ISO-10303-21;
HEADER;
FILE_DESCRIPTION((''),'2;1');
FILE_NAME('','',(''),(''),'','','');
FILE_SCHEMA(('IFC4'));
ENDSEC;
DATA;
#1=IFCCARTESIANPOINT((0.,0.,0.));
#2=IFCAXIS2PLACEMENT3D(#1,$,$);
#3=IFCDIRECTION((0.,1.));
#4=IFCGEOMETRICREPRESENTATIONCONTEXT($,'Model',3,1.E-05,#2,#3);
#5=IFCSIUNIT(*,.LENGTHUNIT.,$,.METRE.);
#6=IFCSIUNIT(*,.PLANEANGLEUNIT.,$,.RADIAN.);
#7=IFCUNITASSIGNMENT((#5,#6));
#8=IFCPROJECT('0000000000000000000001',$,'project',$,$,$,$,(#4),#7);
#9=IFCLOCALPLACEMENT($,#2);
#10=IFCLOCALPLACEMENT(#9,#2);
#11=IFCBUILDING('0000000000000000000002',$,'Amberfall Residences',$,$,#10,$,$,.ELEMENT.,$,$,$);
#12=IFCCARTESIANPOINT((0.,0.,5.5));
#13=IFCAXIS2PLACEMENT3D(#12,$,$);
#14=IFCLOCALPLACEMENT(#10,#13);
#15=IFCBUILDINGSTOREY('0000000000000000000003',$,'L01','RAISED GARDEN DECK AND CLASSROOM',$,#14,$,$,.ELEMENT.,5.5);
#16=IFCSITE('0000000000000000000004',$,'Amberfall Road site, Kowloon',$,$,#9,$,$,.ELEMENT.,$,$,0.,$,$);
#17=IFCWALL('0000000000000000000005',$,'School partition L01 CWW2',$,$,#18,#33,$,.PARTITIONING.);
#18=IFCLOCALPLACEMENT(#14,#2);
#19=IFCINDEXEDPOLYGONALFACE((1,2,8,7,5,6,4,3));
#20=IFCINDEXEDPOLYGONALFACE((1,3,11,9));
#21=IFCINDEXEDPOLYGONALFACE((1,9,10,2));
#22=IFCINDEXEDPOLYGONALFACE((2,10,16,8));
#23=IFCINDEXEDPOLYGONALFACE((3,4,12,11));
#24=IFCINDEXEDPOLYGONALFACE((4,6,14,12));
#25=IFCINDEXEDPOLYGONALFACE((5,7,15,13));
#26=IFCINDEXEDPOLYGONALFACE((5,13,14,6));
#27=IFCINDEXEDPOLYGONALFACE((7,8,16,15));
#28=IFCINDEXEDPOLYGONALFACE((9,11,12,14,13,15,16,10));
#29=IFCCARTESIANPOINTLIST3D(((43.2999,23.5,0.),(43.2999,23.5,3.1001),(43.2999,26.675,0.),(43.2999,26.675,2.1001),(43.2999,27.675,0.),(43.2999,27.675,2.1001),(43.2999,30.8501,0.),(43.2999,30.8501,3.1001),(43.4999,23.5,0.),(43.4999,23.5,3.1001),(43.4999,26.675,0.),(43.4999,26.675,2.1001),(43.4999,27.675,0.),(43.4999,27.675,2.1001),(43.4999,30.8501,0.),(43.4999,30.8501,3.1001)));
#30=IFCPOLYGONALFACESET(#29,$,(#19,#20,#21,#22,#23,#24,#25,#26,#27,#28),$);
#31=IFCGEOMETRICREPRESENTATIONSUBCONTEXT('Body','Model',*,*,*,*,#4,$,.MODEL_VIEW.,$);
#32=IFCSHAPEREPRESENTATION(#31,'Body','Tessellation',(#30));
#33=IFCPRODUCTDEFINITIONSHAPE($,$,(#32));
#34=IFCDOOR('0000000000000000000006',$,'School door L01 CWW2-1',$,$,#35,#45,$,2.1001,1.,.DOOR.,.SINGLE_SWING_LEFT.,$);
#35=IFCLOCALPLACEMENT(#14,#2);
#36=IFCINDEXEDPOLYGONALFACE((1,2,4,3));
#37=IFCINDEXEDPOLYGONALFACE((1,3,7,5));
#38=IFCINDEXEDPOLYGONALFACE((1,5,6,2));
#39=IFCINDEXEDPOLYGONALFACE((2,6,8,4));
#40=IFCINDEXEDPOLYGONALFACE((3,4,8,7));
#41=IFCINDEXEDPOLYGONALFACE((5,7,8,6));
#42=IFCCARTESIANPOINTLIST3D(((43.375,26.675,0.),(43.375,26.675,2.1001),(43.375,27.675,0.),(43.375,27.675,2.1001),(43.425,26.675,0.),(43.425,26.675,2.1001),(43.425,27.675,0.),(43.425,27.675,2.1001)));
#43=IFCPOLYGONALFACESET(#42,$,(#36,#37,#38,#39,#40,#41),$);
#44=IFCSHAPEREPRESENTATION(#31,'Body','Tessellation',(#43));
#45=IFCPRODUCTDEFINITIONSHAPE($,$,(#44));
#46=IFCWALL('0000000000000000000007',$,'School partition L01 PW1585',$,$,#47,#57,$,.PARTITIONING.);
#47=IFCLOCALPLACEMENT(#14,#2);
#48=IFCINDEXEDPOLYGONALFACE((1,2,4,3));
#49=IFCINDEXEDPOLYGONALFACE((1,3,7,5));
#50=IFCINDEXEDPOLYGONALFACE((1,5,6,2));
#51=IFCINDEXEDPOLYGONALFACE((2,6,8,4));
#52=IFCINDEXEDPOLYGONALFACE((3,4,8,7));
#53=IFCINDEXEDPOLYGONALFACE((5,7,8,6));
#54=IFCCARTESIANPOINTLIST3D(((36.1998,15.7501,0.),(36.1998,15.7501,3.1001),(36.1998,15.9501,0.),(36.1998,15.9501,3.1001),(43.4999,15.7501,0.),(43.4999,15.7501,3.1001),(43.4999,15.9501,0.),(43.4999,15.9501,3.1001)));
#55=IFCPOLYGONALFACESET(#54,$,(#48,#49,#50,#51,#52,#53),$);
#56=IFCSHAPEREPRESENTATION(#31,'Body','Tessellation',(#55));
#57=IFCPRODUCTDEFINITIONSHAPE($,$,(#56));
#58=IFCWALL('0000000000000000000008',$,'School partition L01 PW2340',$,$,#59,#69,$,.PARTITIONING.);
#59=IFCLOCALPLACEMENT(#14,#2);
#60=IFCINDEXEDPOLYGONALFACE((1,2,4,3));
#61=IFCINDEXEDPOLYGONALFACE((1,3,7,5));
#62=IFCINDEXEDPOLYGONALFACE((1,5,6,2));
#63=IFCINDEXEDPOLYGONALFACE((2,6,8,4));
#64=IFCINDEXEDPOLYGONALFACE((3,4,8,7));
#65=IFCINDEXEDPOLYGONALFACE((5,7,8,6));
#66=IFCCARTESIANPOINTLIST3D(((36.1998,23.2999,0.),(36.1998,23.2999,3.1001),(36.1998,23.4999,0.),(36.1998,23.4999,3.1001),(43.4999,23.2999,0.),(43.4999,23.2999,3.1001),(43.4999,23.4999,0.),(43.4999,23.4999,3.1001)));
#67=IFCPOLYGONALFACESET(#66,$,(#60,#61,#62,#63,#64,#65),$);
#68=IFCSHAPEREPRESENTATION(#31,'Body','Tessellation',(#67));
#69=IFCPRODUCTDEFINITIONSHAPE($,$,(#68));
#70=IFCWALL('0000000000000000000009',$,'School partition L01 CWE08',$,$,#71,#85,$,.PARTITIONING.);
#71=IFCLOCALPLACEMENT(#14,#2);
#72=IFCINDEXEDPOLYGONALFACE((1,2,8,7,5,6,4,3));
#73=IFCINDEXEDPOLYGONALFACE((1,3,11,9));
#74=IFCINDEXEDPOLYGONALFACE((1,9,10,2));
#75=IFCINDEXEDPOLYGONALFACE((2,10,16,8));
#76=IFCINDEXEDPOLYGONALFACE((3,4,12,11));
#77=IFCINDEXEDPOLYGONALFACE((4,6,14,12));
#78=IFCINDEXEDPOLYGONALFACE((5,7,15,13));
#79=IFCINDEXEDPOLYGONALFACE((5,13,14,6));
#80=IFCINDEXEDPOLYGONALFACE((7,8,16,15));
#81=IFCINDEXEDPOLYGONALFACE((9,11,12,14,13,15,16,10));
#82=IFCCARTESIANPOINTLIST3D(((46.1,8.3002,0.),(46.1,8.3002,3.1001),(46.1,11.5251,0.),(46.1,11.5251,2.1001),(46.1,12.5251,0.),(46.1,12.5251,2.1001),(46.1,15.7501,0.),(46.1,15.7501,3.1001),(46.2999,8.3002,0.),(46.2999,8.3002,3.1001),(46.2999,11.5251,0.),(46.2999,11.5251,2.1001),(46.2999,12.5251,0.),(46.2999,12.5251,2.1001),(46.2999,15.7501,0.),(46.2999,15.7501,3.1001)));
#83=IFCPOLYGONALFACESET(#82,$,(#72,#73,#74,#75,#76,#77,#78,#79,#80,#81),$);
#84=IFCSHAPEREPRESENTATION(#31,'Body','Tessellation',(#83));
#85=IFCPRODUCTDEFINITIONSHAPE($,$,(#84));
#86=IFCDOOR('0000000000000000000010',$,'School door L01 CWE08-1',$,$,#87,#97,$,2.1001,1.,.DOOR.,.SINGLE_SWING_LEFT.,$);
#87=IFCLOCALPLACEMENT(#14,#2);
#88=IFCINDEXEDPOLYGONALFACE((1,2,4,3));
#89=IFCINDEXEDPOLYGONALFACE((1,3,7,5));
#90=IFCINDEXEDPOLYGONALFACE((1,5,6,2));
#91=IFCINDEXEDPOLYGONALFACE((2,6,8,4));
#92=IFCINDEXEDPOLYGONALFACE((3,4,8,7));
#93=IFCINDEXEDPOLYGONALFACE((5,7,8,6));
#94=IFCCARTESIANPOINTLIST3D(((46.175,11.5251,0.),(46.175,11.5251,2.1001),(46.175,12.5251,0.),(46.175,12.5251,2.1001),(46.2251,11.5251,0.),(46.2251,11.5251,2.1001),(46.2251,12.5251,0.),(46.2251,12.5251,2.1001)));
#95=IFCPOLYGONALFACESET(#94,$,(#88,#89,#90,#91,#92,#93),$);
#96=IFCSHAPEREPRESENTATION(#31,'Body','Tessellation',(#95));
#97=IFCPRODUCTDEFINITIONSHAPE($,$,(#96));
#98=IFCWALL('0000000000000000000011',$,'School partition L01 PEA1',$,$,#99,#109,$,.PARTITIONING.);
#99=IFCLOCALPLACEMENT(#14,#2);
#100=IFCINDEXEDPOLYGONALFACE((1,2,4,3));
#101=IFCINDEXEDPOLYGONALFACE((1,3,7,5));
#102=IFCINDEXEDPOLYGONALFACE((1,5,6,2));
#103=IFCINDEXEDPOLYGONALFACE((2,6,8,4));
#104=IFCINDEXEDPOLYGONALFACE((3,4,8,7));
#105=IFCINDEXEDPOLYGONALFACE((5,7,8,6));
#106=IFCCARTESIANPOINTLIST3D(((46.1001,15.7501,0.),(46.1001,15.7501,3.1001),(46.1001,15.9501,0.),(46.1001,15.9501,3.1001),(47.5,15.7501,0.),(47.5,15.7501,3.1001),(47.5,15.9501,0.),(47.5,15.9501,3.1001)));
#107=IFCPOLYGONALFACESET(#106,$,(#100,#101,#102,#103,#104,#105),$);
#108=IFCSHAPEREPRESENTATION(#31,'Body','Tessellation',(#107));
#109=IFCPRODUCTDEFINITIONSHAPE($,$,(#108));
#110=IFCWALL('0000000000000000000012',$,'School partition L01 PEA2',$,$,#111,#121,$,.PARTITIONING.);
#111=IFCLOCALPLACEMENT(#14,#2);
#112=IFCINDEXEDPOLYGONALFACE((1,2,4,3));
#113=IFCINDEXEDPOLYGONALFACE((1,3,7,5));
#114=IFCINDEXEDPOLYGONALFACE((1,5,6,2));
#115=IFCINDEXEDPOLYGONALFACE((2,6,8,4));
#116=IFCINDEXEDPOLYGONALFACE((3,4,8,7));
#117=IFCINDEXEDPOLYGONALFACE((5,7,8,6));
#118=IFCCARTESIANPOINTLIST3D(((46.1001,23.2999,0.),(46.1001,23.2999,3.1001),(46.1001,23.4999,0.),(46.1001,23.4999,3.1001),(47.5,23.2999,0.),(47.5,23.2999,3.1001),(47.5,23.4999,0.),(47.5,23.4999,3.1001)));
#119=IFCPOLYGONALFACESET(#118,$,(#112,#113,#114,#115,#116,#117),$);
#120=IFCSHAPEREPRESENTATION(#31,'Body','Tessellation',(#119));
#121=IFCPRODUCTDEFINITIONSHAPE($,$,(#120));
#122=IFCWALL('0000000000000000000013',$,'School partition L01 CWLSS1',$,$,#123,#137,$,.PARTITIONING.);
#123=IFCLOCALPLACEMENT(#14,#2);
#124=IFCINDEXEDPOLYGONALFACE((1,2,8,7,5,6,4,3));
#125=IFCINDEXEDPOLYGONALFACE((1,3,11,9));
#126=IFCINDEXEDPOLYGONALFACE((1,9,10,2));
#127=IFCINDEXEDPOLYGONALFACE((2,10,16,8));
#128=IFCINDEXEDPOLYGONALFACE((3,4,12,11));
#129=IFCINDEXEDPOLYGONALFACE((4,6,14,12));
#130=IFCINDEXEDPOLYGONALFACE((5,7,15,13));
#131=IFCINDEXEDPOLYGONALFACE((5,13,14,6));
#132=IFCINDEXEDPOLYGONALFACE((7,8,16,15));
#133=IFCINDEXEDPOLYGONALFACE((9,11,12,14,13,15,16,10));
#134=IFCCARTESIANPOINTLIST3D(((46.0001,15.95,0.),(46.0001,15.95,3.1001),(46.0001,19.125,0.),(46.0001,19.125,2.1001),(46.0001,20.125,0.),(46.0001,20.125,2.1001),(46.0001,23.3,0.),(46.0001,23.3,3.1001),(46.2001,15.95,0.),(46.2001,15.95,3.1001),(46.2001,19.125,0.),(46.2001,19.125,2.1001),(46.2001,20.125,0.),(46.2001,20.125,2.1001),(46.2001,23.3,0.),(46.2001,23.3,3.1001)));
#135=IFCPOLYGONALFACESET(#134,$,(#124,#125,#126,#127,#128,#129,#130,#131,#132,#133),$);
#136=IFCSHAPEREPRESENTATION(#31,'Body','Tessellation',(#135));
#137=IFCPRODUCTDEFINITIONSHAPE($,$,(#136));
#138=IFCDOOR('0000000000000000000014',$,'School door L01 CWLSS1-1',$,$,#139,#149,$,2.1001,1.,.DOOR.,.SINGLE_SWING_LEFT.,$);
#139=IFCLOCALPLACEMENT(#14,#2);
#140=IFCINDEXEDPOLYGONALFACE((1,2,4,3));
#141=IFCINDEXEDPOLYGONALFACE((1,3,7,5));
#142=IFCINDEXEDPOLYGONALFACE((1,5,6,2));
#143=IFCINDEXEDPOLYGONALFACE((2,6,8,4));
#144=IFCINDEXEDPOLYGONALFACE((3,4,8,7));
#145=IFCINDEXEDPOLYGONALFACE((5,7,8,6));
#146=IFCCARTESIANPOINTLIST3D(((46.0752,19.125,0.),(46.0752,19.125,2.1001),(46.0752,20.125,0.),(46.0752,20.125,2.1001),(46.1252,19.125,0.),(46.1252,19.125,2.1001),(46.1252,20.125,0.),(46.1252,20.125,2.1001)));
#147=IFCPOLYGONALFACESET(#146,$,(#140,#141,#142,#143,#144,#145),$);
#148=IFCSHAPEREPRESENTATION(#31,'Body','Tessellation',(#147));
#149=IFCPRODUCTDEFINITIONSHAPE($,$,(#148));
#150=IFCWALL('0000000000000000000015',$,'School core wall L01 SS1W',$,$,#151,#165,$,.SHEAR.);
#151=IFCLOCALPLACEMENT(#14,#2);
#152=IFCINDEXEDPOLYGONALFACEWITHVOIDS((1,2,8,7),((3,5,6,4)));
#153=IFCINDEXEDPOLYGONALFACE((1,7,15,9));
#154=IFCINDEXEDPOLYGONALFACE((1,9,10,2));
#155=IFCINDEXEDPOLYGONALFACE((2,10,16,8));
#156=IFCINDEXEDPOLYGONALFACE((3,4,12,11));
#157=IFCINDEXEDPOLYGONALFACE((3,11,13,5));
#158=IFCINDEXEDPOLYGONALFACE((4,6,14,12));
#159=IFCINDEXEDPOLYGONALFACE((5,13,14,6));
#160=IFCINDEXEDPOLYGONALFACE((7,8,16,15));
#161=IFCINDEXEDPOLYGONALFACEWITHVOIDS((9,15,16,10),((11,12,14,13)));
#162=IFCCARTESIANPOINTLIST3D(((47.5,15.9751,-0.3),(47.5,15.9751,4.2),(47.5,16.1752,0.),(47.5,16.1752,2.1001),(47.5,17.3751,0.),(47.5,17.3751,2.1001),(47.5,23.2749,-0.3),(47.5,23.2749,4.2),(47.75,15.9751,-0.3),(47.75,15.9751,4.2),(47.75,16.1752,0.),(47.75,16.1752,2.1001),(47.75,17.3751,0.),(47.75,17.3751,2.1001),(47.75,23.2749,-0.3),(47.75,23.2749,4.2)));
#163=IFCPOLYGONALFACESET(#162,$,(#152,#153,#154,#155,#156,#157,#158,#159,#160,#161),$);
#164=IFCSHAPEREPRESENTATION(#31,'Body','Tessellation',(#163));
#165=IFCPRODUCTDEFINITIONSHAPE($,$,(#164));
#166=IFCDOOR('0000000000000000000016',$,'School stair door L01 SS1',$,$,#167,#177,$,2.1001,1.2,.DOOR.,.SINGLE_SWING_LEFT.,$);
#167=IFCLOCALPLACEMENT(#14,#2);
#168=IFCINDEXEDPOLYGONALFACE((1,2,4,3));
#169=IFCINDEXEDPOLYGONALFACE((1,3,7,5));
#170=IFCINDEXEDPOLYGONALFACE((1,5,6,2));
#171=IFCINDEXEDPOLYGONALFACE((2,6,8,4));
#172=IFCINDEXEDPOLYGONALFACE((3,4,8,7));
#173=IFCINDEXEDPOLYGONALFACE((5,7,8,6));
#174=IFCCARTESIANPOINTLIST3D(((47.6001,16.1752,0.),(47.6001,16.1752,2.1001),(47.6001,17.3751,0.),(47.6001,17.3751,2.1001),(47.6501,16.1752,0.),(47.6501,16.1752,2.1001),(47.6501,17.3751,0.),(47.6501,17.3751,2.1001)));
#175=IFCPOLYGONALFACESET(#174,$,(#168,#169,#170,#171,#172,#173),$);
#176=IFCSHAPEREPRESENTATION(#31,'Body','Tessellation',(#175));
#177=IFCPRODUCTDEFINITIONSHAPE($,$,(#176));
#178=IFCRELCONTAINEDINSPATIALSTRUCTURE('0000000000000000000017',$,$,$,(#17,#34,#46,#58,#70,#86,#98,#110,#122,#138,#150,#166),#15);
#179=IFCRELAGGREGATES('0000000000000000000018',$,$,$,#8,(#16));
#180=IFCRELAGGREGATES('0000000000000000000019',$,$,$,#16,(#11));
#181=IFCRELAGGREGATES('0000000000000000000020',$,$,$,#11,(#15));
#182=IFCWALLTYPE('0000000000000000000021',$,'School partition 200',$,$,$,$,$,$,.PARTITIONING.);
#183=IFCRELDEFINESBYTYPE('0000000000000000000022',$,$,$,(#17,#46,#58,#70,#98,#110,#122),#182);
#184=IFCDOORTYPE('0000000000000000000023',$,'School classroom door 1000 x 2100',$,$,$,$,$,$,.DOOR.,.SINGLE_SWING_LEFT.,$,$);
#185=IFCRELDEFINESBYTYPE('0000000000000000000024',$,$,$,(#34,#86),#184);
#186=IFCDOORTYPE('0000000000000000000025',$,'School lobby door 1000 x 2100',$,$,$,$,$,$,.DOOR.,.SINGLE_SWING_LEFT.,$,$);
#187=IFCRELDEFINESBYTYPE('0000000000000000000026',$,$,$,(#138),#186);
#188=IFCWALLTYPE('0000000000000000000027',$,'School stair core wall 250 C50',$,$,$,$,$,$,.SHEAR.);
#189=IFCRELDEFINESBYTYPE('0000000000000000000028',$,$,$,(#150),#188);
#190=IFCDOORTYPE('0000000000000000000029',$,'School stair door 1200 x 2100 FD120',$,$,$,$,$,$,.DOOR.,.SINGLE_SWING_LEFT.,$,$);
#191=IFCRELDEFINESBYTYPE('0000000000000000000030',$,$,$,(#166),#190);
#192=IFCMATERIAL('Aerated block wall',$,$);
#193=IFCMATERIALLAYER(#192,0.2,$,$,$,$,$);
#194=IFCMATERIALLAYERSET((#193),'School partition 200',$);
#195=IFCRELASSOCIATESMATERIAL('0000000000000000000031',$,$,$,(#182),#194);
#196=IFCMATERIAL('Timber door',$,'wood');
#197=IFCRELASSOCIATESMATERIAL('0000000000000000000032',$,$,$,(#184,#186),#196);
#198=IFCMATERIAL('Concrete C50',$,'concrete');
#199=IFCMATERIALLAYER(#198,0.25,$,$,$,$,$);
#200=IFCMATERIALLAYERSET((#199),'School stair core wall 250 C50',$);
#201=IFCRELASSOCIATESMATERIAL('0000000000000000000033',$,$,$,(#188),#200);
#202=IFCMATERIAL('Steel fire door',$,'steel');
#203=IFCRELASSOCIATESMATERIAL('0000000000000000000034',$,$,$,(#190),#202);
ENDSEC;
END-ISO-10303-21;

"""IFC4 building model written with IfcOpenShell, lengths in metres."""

from ifc_helpers import new_model, si_unit, direction, frame, frame_2d, origin, place, context, subcontext, project, spatial, rectangle, extrude, material, layer, layer_set, type_object, element, fill, save


model = new_model("IFC4")

# Units and contexts
model_context = context("Model", 3, precision=1e-05, world=origin(), true_north=direction((0.0, 1.0)))
body_context = subcontext(model_context, "Body", "Model", "MODEL_VIEW")
ifc_project = project(units=[si_unit("LENGTHUNIT", "METRE"), si_unit("PLANEANGLEUNIT", "RADIAN")], contexts=[model_context])

# Site, building, storey
site_placement = place(None, origin())
site = spatial("IfcSite", under=ifc_project, at=site_placement, Name="Amberfall Road site, Kowloon", CompositionType="ELEMENT", RefElevation=0.0)
building_placement = place(site_placement, origin())
building = spatial("IfcBuilding", under=site, at=building_placement, Name="Amberfall Residences", CompositionType="ELEMENT")
storey_placement = place(building_placement, frame((0.0, 0.0, 5.5)))
storey = spatial("IfcBuildingStorey", under=building, at=storey_placement, Name="L01", Description="RAISED GARDEN DECK AND CLASSROOM", CompositionType="ELEMENT", Elevation=5.5)

# Shared definitions
ifc_material_1 = material(Name="Concrete C50", Category="concrete")

# Shared definitions
ifc_material_2 = material(Name="Aerated block wall")

# Wall, opening, door
ifc_layer_1 = layer(ifc_material_2, 0.2)
ifc_layer_set_1 = layer_set([ifc_layer_1], Name="School partition 200")
wall_type_1 = type_object("IfcWallType", Name="School partition 200", PredefinedType="PARTITIONING", material=ifc_layer_set_1)
ifc_material_3 = material(Name="Timber door", Category="wood")
door_type_1 = type_object("IfcDoorType", Name="School classroom door 1000 x 2100", OperationType="SINGLE_SWING_LEFT", PredefinedType="DOOR", material=ifc_material_3)
wall_1_placement = place(storey_placement, frame((43.3999, 23.5, 0.0), z_axis=(0.0, 0.0, 1.0), x_axis=(0.0, 1.0, 0.0)))
wall_1 = element("IfcWall", 1, at=wall_1_placement, inside=storey, type_object=wall_type_1, Name="School partition L01 CWW2", PredefinedType="PARTITIONING", context=body_context, shape_type="SweptSolid", body=[
    extrude(rectangle(XDim=7.3501, YDim=0.2, at=frame_2d((3.675, 0.0))), origin(), (0.0, 0.0, 1.0), 3.1001),
])
opening_1_placement = place(wall_1_placement, frame((3.175, 0.0, 0.0)))
opening_1 = element("IfcOpeningElement", 2, at=opening_1_placement, cuts=wall_1, PredefinedType="OPENING", context=body_context, shape_type="SweptSolid", body=[
    extrude(rectangle(XDim=1.0, YDim=2.1001, at=frame_2d((0.5, 1.05))), frame((0.0, 0.1099, 0.0), z_axis=(0.0, -1.0, 0.0), x_axis=(1.0, 0.0, 0.0)), (0.0, 0.0, 1.0), 0.22),
])
door_1_placement = place(opening_1_placement, origin())
door_1 = element("IfcDoor", 3, at=door_1_placement, inside=storey, type_object=door_type_1, Name="School door L01 CWW2-1", OperationType="SINGLE_SWING_LEFT", OverallHeight=2.1001, OverallWidth=1.0, PredefinedType="DOOR", context=body_context, shape_type="SweptSolid", body=[
    extrude(rectangle(XDim=1.0, YDim=2.1001, at=frame_2d((0.5, 1.05))), frame((0.0, 0.0249, 0.0), z_axis=(0.0, -1.0, 0.0), x_axis=(1.0, 0.0, 0.0)), (0.0, 0.0, 1.0), 0.05),
])
fill(opening_1, door_1)

# Walls
for number, where, z_axis, x_axis, name in (
    (4, (36.2, 15.8501, 0.0), (0.0, 0.0, 1.0), (1.0, 0.0, 0.0), "School partition L01 PW1585"),
    (5, (36.2, 23.3999, 0.0), (0.0, 0.0, 1.0), (1.0, 0.0, 0.0), "School partition L01 PW2340"),
):
    element("IfcWall", number, at=place(storey_placement, frame(where, z_axis=z_axis, x_axis=x_axis)), inside=storey, type_object=wall_type_1, Name=name, PredefinedType="PARTITIONING", context=body_context, shape_type="SweptSolid", body=[
        extrude(rectangle(XDim=7.3, YDim=0.2, at=frame_2d((3.6499, 0.0))), origin(), (0.0, 0.0, 1.0), 3.1001),
    ])

# Wall, opening, door
wall_2_placement = place(storey_placement, frame((46.2, 8.3, 0.0), z_axis=(0.0, 0.0, 1.0), x_axis=(0.0, 1.0, 0.0)))
wall_2 = element("IfcWall", 6, at=wall_2_placement, inside=storey, type_object=wall_type_1, Name="School partition L01 CWE08", PredefinedType="PARTITIONING", context=body_context, shape_type="SweptSolid", body=[
    extrude(rectangle(XDim=7.45, YDim=0.2, at=frame_2d((3.7251, 0.0))), origin(), (0.0, 0.0, 1.0), 3.1001),
])
opening_2_placement = place(wall_2_placement, frame((3.2251, 0.0, 0.0)))
opening_2 = element("IfcOpeningElement", 7, at=opening_2_placement, cuts=wall_2, PredefinedType="OPENING", context=body_context, shape_type="SweptSolid", body=[
    extrude(rectangle(XDim=1.0, YDim=2.1001, at=frame_2d((0.5, 1.05))), frame((0.0, 0.1099, 0.0), z_axis=(0.0, -1.0, 0.0), x_axis=(1.0, 0.0, 0.0)), (0.0, 0.0, 1.0), 0.22),
])
door_2_placement = place(opening_2_placement, origin())
door_2 = element("IfcDoor", 8, at=door_2_placement, inside=storey, type_object=door_type_1, Name="School door L01 CWE08-1", OperationType="SINGLE_SWING_LEFT", OverallHeight=2.1001, OverallWidth=1.0, PredefinedType="DOOR", context=body_context, shape_type="SweptSolid", body=[
    extrude(rectangle(XDim=1.0, YDim=2.1001, at=frame_2d((0.5, 1.05))), frame((0.0, 0.0249, 0.0), z_axis=(0.0, -1.0, 0.0), x_axis=(1.0, 0.0, 0.0)), (0.0, 0.0, 1.0), 0.05),
])
fill(opening_2, door_2)

# Walls
for number, where, z_axis, x_axis, name in (
    (9, (46.1001, 15.8501, 0.0), (0.0, 0.0, 1.0), (1.0, 0.0, 0.0), "School partition L01 PEA1"),
    (10, (46.1001, 23.3999, 0.0), (0.0, 0.0, 1.0), (1.0, 0.0, 0.0), "School partition L01 PEA2"),
):
    element("IfcWall", number, at=place(storey_placement, frame(where, z_axis=z_axis, x_axis=x_axis)), inside=storey, type_object=wall_type_1, Name=name, PredefinedType="PARTITIONING", context=body_context, shape_type="SweptSolid", body=[
        extrude(rectangle(XDim=1.3999, YDim=0.2, at=frame_2d((0.7, 0.0))), origin(), (0.0, 0.0, 1.0), 3.1001),
    ])

# Walls, openings, doors
wall_3_placement = place(storey_placement, frame((46.1001, 15.95, 0.0), z_axis=(0.0, 0.0, 1.0), x_axis=(0.0, 1.0, 0.0)))
wall_3 = element("IfcWall", 11, at=wall_3_placement, inside=storey, type_object=wall_type_1, Name="School partition L01 CWLSS1", PredefinedType="PARTITIONING", context=body_context, shape_type="SweptSolid", body=[
    extrude(rectangle(XDim=7.3501, YDim=0.2, at=frame_2d((3.675, 0.0))), origin(), (0.0, 0.0, 1.0), 3.1001),
])
opening_3_placement = place(wall_3_placement, frame((3.175, 0.0, 0.0)))
opening_3 = element("IfcOpeningElement", 12, at=opening_3_placement, cuts=wall_3, PredefinedType="OPENING", context=body_context, shape_type="SweptSolid", body=[
    extrude(rectangle(XDim=1.0, YDim=2.1001, at=frame_2d((0.5, 1.05))), frame((0.0, 0.1099, 0.0), z_axis=(0.0, -1.0, 0.0), x_axis=(1.0, 0.0, 0.0)), (0.0, 0.0, 1.0), 0.22),
])
door_type_2 = type_object("IfcDoorType", Name="School lobby door 1000 x 2100", OperationType="SINGLE_SWING_LEFT", PredefinedType="DOOR", material=ifc_material_3)
door_3_placement = place(opening_3_placement, origin())
door_3 = element("IfcDoor", 13, at=door_3_placement, inside=storey, type_object=door_type_2, Name="School door L01 CWLSS1-1", OperationType="SINGLE_SWING_LEFT", OverallHeight=2.1001, OverallWidth=1.0, PredefinedType="DOOR", context=body_context, shape_type="SweptSolid", body=[
    extrude(rectangle(XDim=1.0, YDim=2.1001, at=frame_2d((0.5, 1.05))), frame((0.0, 0.0249, 0.0), z_axis=(0.0, -1.0, 0.0), x_axis=(1.0, 0.0, 0.0)), (0.0, 0.0, 1.0), 0.05),
])
fill(opening_3, door_3)
ifc_layer_2 = layer(ifc_material_1, 0.25)
ifc_layer_set_2 = layer_set([ifc_layer_2], Name="School stair core wall 250 C50")
wall_type_2 = type_object("IfcWallType", Name="School stair core wall 250 C50", PredefinedType="SHEAR", material=ifc_layer_set_2)
wall_4_placement = place(storey_placement, frame((47.625, 15.9751, -0.3), z_axis=(0.0, 0.0, 1.0), x_axis=(0.0, 1.0, 0.0)))
wall_4 = element("IfcWall", 14, at=wall_4_placement, inside=storey, type_object=wall_type_2, Name="School core wall L01 SS1W", PredefinedType="SHEAR", context=body_context, shape_type="SweptSolid", body=[
    extrude(rectangle(XDim=7.2998, YDim=0.25, at=frame_2d((3.6499, 0.0))), origin(), (0.0, 0.0, 1.0), 4.5),
])
opening_4_placement = place(wall_4_placement, frame((0.2, 0.0, 0.3)))
opening_4 = element("IfcOpeningElement", 15, at=opening_4_placement, cuts=wall_4, PredefinedType="OPENING", context=body_context, shape_type="SweptSolid", body=[
    extrude(rectangle(XDim=1.2, YDim=2.1001, at=frame_2d((0.6001, 1.05))), frame((0.0, 0.135, 0.0), z_axis=(0.0, -1.0, 0.0), x_axis=(1.0, 0.0, 0.0)), (0.0, 0.0, 1.0), 0.27),
])
ifc_material_4 = material(Name="Steel fire door", Category="steel")
door_type_3 = type_object("IfcDoorType", Name="School stair door 1200 x 2100 FD120", OperationType="SINGLE_SWING_LEFT", PredefinedType="DOOR", material=ifc_material_4)
door_4_placement = place(opening_4_placement, origin())
door_4 = element("IfcDoor", 16, at=door_4_placement, inside=storey, type_object=door_type_3, Name="School stair door L01 SS1", OperationType="SINGLE_SWING_LEFT", OverallHeight=2.1001, OverallWidth=1.2, PredefinedType="DOOR", context=body_context, shape_type="SweptSolid", body=[
    extrude(rectangle(XDim=1.2, YDim=2.1001, at=frame_2d((0.6001, 1.05))), frame((0.0, 0.0249, 0.0), z_axis=(0.0, -1.0, 0.0), x_axis=(1.0, 0.0, 0.0)), (0.0, 0.0, 1.0), 0.05),
])
fill(opening_4, door_4)

save(model, "model.ifc")
